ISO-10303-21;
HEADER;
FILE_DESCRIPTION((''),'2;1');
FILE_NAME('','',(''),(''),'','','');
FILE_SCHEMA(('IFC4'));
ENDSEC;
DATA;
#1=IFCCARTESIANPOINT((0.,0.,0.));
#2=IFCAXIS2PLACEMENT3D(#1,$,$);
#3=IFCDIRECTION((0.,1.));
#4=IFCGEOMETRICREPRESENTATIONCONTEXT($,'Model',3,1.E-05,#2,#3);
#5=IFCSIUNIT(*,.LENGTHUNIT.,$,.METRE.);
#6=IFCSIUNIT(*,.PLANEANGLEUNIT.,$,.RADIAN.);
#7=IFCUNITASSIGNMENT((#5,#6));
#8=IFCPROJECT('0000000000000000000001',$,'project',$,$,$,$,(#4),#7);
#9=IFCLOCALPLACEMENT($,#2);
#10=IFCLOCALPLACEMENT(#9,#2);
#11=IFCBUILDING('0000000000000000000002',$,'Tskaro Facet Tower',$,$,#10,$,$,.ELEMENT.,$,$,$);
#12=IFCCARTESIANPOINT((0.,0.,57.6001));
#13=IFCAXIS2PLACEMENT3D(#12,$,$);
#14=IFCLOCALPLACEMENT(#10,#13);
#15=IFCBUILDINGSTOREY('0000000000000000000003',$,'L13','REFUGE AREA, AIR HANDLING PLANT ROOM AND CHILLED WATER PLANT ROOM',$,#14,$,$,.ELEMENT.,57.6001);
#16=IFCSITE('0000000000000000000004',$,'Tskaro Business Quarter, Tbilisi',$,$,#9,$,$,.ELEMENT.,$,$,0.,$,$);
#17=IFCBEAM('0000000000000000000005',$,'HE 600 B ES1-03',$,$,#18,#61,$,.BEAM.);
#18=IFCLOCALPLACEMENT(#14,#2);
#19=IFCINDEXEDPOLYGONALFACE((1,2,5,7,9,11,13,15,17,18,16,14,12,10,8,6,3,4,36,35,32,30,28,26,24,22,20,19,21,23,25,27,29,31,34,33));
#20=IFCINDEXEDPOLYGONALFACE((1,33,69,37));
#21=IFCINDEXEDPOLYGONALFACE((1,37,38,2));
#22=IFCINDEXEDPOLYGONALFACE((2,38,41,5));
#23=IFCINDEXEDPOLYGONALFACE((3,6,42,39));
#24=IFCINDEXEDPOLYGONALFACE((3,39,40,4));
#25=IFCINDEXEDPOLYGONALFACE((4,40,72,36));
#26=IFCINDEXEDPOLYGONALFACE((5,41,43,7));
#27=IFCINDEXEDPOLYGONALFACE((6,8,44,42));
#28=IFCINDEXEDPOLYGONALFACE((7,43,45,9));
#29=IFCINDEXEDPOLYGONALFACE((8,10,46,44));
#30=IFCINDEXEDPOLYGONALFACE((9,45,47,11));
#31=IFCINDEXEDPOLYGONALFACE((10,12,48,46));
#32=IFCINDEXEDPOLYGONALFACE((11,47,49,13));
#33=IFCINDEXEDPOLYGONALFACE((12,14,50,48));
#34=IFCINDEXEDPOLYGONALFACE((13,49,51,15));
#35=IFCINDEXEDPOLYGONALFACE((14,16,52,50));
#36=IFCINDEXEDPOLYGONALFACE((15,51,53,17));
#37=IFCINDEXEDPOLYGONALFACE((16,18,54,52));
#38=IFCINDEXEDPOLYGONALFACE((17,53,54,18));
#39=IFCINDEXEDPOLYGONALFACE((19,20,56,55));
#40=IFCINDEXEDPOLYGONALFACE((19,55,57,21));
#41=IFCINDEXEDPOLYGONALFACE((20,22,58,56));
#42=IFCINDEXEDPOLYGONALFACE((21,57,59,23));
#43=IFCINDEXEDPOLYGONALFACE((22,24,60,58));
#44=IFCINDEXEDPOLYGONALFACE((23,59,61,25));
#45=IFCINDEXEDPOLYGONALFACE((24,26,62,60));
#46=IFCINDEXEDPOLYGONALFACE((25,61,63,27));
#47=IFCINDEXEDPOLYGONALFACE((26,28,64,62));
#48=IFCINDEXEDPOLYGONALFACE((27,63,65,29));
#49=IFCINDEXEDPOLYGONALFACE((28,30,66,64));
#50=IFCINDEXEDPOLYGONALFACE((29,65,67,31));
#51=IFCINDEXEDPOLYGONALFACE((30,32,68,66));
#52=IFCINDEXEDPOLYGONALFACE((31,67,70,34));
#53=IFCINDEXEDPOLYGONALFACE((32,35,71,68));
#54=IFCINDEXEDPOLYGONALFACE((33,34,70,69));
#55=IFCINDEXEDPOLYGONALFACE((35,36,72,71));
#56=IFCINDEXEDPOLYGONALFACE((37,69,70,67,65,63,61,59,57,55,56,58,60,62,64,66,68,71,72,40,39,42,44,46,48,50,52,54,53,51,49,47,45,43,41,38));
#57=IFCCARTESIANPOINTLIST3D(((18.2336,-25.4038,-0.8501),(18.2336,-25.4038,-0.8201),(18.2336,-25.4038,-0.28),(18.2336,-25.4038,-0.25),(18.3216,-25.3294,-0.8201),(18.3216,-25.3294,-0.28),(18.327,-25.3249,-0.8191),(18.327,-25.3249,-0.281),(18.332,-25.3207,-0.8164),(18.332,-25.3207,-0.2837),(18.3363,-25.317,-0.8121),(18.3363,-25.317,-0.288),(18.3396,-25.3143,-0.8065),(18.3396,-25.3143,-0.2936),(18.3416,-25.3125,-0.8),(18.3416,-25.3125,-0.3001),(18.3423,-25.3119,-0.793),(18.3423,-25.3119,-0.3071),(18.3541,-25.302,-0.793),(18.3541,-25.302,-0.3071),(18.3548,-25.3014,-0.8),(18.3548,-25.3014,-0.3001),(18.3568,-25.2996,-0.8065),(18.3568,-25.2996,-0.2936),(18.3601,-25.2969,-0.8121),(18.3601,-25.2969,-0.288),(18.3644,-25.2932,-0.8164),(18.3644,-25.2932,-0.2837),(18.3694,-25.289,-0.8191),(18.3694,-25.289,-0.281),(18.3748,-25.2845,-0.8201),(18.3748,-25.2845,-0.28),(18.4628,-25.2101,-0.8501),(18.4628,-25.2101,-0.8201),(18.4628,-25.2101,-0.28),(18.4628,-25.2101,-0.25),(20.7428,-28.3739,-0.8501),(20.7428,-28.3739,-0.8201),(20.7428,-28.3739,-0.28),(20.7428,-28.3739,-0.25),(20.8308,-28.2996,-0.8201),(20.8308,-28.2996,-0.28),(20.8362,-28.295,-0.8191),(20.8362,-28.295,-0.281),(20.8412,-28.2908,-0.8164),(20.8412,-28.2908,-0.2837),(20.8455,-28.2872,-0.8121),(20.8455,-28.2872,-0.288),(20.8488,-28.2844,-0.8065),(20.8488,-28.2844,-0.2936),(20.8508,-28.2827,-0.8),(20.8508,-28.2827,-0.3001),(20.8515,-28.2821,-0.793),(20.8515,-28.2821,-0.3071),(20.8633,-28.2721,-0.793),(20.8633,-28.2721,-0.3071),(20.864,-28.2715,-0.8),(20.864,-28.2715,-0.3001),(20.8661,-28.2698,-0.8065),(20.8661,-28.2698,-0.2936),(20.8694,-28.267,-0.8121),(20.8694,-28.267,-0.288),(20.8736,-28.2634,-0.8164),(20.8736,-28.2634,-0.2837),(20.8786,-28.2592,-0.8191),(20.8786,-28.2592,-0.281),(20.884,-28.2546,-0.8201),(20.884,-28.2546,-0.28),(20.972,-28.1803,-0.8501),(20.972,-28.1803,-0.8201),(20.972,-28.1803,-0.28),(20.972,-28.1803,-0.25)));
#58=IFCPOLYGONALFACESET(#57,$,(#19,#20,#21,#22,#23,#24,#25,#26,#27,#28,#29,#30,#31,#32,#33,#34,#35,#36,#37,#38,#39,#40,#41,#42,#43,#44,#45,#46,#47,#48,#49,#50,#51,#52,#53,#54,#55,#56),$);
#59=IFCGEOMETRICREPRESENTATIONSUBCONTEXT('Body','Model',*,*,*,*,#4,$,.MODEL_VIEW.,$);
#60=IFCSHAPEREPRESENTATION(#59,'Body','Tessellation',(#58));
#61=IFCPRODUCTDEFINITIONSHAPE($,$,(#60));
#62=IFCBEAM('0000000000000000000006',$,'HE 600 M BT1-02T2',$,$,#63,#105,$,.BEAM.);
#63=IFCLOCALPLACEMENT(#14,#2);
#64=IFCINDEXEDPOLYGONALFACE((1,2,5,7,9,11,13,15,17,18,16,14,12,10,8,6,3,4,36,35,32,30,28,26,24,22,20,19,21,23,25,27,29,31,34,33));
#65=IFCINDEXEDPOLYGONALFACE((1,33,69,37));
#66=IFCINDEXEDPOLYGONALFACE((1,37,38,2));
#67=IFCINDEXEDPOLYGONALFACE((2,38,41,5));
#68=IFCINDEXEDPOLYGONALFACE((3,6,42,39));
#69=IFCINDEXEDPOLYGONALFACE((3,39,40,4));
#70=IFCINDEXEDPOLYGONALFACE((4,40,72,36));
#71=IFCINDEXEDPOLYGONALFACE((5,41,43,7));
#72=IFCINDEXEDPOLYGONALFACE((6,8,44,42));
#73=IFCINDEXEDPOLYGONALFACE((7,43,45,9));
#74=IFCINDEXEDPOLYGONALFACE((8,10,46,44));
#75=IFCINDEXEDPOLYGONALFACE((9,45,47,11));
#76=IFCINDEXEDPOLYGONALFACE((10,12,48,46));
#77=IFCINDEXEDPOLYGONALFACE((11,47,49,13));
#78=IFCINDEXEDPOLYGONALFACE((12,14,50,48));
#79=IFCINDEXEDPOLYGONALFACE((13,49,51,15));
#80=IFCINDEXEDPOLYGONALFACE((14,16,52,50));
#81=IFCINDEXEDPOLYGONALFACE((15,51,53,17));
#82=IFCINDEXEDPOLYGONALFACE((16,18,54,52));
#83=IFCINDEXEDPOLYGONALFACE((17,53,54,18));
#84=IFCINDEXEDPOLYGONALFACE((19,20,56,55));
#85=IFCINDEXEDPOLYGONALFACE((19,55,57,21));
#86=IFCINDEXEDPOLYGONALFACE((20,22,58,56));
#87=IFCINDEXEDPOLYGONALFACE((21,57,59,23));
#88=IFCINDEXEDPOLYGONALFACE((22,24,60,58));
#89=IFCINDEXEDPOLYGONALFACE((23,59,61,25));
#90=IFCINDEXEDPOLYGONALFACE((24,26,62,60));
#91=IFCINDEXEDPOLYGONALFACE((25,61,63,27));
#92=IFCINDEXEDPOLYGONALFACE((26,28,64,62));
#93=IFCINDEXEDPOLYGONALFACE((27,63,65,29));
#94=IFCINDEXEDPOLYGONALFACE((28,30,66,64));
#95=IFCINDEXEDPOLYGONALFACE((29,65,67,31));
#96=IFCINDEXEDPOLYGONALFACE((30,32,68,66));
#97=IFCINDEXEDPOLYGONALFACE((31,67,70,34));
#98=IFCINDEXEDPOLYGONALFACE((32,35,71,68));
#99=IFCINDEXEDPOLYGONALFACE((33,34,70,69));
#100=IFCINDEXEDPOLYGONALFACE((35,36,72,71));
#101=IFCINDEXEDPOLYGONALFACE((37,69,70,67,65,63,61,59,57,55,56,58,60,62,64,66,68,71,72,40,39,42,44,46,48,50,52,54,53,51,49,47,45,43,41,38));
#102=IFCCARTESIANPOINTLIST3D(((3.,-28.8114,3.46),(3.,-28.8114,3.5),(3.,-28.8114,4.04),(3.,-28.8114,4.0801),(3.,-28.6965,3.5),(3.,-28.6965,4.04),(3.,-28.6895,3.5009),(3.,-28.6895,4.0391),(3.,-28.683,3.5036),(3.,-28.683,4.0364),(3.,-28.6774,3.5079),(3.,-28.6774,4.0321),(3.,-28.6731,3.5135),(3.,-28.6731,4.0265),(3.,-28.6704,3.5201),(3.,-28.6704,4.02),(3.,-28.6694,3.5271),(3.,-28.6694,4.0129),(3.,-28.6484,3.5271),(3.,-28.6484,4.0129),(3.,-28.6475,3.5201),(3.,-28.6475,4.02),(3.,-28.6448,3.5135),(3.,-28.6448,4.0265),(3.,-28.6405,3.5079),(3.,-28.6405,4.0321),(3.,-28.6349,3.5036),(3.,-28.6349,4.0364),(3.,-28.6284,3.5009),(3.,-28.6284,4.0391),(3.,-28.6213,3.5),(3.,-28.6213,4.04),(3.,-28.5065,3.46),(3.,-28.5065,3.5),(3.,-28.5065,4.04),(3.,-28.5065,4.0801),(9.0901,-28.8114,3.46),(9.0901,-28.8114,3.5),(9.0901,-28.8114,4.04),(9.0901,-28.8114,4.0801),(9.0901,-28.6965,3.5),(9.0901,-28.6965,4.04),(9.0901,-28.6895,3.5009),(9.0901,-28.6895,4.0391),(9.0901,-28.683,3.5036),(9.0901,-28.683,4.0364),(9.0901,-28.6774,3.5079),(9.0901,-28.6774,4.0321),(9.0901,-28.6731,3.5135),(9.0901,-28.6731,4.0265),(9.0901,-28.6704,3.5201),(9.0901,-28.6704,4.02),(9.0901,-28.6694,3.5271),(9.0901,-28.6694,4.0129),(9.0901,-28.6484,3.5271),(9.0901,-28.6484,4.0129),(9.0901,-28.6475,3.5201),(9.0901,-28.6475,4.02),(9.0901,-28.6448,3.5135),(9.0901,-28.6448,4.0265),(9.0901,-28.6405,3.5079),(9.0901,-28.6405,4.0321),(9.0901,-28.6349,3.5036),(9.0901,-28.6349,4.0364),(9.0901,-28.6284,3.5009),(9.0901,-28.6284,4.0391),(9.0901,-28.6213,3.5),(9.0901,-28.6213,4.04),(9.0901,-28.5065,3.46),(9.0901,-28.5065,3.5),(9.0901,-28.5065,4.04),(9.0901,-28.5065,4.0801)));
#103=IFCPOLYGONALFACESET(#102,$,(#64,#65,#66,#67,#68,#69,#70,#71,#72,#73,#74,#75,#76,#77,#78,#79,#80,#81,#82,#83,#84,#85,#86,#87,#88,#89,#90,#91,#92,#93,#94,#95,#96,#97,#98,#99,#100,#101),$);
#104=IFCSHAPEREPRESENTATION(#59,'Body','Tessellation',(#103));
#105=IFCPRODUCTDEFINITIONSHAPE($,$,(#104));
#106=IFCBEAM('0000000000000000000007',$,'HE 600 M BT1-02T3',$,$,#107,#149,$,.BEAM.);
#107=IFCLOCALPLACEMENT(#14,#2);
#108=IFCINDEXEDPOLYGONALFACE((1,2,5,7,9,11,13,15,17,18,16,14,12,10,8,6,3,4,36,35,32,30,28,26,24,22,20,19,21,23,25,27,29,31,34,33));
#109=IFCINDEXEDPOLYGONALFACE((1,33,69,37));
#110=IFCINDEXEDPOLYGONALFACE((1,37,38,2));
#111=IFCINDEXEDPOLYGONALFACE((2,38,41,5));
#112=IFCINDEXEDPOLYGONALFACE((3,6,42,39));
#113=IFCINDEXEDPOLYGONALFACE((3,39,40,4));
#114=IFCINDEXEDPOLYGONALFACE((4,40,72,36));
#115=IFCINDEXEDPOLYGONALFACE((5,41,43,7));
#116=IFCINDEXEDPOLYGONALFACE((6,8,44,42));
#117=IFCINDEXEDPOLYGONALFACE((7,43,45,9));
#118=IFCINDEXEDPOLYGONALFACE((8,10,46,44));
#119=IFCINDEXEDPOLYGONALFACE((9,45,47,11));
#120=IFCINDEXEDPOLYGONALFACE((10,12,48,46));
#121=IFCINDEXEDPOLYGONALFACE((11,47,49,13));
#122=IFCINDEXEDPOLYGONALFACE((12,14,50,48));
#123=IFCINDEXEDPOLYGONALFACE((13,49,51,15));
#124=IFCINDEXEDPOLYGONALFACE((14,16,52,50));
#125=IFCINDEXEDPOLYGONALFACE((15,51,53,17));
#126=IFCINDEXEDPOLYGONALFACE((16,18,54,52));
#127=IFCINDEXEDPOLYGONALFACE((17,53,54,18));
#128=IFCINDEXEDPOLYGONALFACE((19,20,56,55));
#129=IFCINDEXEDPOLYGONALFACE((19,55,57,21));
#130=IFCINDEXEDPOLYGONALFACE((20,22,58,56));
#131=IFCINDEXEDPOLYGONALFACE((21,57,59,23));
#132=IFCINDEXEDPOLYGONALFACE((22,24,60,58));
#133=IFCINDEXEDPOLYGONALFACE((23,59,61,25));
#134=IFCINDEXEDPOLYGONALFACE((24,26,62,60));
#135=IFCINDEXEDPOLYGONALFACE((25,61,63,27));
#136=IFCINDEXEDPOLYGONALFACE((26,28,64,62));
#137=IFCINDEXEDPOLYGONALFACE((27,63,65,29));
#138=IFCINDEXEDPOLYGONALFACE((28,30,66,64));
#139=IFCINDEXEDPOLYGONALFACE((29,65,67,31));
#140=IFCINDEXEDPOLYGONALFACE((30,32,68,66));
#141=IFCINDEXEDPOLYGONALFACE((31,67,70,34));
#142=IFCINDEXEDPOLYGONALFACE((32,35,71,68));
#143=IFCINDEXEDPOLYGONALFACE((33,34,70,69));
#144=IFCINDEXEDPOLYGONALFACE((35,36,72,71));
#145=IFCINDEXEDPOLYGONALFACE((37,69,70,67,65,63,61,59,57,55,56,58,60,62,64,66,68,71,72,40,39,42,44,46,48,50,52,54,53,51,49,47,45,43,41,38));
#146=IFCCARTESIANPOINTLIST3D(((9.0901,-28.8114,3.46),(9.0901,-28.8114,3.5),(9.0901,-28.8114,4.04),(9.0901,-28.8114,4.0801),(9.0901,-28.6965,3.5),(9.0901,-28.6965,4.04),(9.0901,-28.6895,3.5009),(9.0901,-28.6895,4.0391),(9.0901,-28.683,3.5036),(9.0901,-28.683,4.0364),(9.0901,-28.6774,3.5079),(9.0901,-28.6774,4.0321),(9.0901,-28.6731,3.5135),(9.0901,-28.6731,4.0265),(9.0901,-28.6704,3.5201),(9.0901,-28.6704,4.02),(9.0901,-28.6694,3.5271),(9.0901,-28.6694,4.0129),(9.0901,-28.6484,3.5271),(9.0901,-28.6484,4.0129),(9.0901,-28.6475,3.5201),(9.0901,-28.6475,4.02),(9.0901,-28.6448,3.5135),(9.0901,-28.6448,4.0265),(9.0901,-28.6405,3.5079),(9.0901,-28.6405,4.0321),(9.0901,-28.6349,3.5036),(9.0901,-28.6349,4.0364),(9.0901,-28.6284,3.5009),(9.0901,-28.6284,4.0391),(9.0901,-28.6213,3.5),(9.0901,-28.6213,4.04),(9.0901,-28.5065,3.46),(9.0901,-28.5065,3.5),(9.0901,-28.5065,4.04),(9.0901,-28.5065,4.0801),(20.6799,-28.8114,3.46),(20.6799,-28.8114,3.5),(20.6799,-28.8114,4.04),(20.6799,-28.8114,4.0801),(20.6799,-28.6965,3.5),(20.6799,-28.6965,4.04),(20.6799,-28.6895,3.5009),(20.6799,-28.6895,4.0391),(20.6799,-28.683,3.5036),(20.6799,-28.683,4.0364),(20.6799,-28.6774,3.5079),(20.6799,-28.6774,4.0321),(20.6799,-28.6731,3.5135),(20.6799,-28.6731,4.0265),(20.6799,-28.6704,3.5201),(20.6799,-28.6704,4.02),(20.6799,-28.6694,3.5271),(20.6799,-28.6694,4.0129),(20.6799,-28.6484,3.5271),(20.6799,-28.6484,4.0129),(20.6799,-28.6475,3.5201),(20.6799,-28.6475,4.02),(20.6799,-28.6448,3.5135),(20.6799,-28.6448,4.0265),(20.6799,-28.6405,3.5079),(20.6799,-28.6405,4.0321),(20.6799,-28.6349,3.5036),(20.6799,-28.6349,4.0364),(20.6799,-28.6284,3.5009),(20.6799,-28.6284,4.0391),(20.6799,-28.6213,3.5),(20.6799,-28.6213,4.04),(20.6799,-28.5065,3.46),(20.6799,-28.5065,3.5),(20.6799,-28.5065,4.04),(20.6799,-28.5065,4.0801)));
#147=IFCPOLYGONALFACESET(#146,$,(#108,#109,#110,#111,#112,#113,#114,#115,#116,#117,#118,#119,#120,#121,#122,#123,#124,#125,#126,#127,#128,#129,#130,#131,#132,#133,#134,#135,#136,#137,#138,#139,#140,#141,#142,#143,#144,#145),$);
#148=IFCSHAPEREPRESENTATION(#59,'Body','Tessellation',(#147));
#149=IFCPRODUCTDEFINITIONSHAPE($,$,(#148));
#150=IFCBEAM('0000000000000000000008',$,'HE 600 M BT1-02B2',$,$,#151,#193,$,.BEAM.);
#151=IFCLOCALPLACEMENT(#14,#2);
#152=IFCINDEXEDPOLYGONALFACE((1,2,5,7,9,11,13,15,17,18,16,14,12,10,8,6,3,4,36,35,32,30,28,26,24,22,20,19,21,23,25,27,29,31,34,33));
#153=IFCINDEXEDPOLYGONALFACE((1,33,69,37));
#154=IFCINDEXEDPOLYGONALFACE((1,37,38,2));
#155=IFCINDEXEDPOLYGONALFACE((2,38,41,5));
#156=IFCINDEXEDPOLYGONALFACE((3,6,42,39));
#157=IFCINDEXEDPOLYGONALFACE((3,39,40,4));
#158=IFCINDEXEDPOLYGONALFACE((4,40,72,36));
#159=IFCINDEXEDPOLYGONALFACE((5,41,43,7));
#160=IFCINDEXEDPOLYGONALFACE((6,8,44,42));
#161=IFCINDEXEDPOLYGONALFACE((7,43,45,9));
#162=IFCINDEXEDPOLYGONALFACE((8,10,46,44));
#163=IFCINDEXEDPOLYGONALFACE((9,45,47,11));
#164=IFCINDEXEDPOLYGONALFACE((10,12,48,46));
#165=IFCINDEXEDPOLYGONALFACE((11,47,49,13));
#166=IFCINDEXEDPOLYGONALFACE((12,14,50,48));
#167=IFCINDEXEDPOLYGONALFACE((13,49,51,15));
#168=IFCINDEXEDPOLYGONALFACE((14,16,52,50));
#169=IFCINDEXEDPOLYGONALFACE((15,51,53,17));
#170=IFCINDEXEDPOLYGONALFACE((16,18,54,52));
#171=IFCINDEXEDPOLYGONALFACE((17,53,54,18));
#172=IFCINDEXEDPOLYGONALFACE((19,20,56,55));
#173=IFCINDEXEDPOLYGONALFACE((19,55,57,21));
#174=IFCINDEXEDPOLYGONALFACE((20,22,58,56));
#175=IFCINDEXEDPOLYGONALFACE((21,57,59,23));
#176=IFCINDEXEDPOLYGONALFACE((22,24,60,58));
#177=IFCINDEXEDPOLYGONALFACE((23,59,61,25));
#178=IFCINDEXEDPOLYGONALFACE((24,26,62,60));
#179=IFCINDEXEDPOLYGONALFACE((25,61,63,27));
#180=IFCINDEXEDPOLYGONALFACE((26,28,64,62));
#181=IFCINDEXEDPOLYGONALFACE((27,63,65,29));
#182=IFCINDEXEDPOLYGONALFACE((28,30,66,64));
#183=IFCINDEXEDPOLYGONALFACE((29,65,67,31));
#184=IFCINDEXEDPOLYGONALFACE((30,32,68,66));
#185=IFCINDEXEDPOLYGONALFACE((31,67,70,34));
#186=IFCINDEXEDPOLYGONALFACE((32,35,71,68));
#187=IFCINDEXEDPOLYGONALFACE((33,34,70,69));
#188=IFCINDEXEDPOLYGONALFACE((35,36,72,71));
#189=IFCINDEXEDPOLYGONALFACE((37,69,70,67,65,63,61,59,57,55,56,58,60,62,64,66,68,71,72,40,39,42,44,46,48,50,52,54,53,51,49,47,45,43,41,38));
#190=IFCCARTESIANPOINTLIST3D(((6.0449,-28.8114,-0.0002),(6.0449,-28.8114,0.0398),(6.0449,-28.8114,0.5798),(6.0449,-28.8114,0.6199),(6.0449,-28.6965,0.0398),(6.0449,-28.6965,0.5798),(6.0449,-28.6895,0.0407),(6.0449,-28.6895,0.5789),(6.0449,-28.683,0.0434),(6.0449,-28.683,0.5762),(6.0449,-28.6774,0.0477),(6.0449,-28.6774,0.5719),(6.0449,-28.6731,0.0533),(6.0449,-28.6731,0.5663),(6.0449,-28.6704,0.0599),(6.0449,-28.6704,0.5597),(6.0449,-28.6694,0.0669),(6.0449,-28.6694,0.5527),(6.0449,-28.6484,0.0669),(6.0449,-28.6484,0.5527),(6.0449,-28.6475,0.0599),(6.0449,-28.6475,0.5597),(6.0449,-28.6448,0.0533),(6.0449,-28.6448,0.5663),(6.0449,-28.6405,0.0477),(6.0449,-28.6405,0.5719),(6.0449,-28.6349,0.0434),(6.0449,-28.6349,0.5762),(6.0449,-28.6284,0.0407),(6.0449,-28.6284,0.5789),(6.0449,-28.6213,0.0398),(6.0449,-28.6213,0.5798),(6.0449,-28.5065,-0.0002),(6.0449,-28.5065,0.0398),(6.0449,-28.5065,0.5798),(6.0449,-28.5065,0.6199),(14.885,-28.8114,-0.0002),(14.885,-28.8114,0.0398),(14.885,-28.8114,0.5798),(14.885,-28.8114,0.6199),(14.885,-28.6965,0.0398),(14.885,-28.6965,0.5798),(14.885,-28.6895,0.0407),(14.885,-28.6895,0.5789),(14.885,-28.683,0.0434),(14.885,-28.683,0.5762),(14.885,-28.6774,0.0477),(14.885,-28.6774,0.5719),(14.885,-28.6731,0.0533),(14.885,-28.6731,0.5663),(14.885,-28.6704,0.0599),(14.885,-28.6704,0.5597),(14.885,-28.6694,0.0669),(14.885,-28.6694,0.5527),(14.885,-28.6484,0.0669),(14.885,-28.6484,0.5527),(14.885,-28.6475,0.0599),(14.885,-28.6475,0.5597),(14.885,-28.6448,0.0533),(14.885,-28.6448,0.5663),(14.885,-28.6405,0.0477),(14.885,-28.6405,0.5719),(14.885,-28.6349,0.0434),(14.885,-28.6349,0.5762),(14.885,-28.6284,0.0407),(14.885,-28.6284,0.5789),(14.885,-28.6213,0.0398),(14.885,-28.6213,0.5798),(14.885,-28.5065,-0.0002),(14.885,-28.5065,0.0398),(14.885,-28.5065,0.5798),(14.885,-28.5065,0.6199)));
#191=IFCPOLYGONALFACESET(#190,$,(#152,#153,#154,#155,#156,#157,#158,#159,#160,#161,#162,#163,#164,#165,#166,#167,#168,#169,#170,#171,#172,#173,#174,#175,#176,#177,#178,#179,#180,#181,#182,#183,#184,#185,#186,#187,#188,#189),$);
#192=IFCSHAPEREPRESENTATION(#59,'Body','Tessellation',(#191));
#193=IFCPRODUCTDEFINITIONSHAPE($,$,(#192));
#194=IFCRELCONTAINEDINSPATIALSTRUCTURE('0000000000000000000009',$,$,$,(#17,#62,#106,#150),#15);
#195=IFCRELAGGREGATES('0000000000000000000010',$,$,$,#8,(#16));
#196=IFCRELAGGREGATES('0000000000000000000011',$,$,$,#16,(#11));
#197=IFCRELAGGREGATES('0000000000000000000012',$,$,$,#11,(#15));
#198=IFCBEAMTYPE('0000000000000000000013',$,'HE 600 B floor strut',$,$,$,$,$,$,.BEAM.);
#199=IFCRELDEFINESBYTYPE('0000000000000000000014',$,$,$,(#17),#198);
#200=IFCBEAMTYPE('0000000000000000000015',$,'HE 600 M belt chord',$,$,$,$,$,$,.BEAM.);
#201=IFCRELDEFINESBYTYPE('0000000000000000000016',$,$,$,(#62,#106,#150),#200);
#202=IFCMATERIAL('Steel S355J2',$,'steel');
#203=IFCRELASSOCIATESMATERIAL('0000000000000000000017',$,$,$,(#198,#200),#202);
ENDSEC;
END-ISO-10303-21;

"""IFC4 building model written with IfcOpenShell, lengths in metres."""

from ifc_helpers import new_model, si_unit, direction, frame, origin, origin_2d, place, context, subcontext, project, spatial, i_section, extrude, material, material_profile, profile_set, type_object, element, save


model = new_model("IFC4")

# Units and contexts
model_context = context("Model", 3, precision=1e-05, world=origin(), true_north=direction((0.0, 1.0)))
body_context = subcontext(model_context, "Body", "Model", "MODEL_VIEW")
ifc_project = project(units=[si_unit("LENGTHUNIT", "METRE"), si_unit("PLANEANGLEUNIT", "RADIAN")], contexts=[model_context])

# Site, building, storey
site_placement = place(None, origin())
site = spatial("IfcSite", under=ifc_project, at=site_placement, Name="Tskaro Business Quarter, Tbilisi", CompositionType="ELEMENT", RefElevation=0.0)
building_placement = place(site_placement, origin())
building = spatial("IfcBuilding", under=site, at=building_placement, Name="Tskaro Facet Tower", CompositionType="ELEMENT")
storey_placement = place(building_placement, frame((0.0, 0.0, 57.6001)))
storey = spatial("IfcBuildingStorey", under=building, at=storey_placement, Name="L13", Description="REFUGE AREA, AIR HANDLING PLANT ROOM AND CHILLED WATER PLANT ROOM", CompositionType="ELEMENT", Elevation=57.6001)

# Shared definitions
ifc_material_1 = material(Name="Steel S355J2", Category="steel")

# Beams
ifc_material_profile_1 = material_profile(ifc_material_1, i_section(OverallWidth=0.3, OverallDepth=0.6001, WebThickness=0.0154, FlangeThickness=0.03, FilletRadius=0.0271, at=origin_2d()), Name="HE 600 B")
ifc_profile_set_1 = profile_set([ifc_material_profile_1], Name="Steel S355J2")
beam_type_1 = type_object("IfcBeamType", Name="HE 600 B floor strut", PredefinedType="BEAM", material=ifc_profile_set_1)
beam_1_placement = place(storey_placement, frame((20.8574, -28.2771, -0.55), z_axis=(-0.645345, 0.763891, 0.0), x_axis=(-0.763891, -0.645345, 0.0)))
element("IfcBeam", 1, at=beam_1_placement, inside=storey, type_object=beam_type_1, Name="HE 600 B ES1-03", PredefinedType="BEAM", context=body_context, shape_type="SweptSolid", body=[
    extrude(i_section(OverallWidth=0.3, OverallDepth=0.6001, WebThickness=0.0154, FlangeThickness=0.03, FilletRadius=0.0271, at=origin_2d()), origin(), (0.0, 0.0, 1.0), 3.8882),
])
ifc_material_profile_2 = material_profile(ifc_material_1, i_section(OverallWidth=0.3049, OverallDepth=0.6201, WebThickness=0.021, FlangeThickness=0.04, FilletRadius=0.0271, at=origin_2d()), Name="HE 600 M")
ifc_profile_set_2 = profile_set([ifc_material_profile_2], Name="Steel S355J2")
beam_type_2 = type_object("IfcBeamType", Name="HE 600 M belt chord", PredefinedType="BEAM", material=ifc_profile_set_2)
beam_2_placement = place(storey_placement, frame((3.0, -28.6589, 3.77), z_axis=(1.0, 0.0, 0.0), x_axis=(0.0, 1.0, 0.0)))
element("IfcBeam", 2, at=beam_2_placement, inside=storey, type_object=beam_type_2, Name="HE 600 M BT1-02T2", PredefinedType="BEAM", context=body_context, shape_type="SweptSolid", body=[
    extrude(i_section(OverallWidth=0.3049, OverallDepth=0.6201, WebThickness=0.021, FlangeThickness=0.04, FilletRadius=0.0271, at=origin_2d()), origin(), (0.0, 0.0, 1.0), 6.0901),
])
beam_3_placement = place(storey_placement, frame((9.0901, -28.6589, 3.77), z_axis=(1.0, 0.0, 0.0), x_axis=(0.0, 1.0, 0.0)))
element("IfcBeam", 3, at=beam_3_placement, inside=storey, type_object=beam_type_2, Name="HE 600 M BT1-02T3", PredefinedType="BEAM", context=body_context, shape_type="SweptSolid", body=[
    extrude(i_section(OverallWidth=0.3049, OverallDepth=0.6201, WebThickness=0.021, FlangeThickness=0.04, FilletRadius=0.0271, at=origin_2d()), origin(), (0.0, 0.0, 1.0), 11.5898),
])
beam_4_placement = place(storey_placement, frame((6.0449, -28.6589, 0.3098), z_axis=(1.0, 0.0, 0.0), x_axis=(0.0, 1.0, 0.0)))
element("IfcBeam", 4, at=beam_4_placement, inside=storey, type_object=beam_type_2, Name="HE 600 M BT1-02B2", PredefinedType="BEAM", context=body_context, shape_type="SweptSolid", body=[
    extrude(i_section(OverallWidth=0.3049, OverallDepth=0.6201, WebThickness=0.021, FlangeThickness=0.04, FilletRadius=0.0271, at=origin_2d()), origin(), (0.0, 0.0, 1.0), 8.8401),
])

save(model, "model.ifc")
